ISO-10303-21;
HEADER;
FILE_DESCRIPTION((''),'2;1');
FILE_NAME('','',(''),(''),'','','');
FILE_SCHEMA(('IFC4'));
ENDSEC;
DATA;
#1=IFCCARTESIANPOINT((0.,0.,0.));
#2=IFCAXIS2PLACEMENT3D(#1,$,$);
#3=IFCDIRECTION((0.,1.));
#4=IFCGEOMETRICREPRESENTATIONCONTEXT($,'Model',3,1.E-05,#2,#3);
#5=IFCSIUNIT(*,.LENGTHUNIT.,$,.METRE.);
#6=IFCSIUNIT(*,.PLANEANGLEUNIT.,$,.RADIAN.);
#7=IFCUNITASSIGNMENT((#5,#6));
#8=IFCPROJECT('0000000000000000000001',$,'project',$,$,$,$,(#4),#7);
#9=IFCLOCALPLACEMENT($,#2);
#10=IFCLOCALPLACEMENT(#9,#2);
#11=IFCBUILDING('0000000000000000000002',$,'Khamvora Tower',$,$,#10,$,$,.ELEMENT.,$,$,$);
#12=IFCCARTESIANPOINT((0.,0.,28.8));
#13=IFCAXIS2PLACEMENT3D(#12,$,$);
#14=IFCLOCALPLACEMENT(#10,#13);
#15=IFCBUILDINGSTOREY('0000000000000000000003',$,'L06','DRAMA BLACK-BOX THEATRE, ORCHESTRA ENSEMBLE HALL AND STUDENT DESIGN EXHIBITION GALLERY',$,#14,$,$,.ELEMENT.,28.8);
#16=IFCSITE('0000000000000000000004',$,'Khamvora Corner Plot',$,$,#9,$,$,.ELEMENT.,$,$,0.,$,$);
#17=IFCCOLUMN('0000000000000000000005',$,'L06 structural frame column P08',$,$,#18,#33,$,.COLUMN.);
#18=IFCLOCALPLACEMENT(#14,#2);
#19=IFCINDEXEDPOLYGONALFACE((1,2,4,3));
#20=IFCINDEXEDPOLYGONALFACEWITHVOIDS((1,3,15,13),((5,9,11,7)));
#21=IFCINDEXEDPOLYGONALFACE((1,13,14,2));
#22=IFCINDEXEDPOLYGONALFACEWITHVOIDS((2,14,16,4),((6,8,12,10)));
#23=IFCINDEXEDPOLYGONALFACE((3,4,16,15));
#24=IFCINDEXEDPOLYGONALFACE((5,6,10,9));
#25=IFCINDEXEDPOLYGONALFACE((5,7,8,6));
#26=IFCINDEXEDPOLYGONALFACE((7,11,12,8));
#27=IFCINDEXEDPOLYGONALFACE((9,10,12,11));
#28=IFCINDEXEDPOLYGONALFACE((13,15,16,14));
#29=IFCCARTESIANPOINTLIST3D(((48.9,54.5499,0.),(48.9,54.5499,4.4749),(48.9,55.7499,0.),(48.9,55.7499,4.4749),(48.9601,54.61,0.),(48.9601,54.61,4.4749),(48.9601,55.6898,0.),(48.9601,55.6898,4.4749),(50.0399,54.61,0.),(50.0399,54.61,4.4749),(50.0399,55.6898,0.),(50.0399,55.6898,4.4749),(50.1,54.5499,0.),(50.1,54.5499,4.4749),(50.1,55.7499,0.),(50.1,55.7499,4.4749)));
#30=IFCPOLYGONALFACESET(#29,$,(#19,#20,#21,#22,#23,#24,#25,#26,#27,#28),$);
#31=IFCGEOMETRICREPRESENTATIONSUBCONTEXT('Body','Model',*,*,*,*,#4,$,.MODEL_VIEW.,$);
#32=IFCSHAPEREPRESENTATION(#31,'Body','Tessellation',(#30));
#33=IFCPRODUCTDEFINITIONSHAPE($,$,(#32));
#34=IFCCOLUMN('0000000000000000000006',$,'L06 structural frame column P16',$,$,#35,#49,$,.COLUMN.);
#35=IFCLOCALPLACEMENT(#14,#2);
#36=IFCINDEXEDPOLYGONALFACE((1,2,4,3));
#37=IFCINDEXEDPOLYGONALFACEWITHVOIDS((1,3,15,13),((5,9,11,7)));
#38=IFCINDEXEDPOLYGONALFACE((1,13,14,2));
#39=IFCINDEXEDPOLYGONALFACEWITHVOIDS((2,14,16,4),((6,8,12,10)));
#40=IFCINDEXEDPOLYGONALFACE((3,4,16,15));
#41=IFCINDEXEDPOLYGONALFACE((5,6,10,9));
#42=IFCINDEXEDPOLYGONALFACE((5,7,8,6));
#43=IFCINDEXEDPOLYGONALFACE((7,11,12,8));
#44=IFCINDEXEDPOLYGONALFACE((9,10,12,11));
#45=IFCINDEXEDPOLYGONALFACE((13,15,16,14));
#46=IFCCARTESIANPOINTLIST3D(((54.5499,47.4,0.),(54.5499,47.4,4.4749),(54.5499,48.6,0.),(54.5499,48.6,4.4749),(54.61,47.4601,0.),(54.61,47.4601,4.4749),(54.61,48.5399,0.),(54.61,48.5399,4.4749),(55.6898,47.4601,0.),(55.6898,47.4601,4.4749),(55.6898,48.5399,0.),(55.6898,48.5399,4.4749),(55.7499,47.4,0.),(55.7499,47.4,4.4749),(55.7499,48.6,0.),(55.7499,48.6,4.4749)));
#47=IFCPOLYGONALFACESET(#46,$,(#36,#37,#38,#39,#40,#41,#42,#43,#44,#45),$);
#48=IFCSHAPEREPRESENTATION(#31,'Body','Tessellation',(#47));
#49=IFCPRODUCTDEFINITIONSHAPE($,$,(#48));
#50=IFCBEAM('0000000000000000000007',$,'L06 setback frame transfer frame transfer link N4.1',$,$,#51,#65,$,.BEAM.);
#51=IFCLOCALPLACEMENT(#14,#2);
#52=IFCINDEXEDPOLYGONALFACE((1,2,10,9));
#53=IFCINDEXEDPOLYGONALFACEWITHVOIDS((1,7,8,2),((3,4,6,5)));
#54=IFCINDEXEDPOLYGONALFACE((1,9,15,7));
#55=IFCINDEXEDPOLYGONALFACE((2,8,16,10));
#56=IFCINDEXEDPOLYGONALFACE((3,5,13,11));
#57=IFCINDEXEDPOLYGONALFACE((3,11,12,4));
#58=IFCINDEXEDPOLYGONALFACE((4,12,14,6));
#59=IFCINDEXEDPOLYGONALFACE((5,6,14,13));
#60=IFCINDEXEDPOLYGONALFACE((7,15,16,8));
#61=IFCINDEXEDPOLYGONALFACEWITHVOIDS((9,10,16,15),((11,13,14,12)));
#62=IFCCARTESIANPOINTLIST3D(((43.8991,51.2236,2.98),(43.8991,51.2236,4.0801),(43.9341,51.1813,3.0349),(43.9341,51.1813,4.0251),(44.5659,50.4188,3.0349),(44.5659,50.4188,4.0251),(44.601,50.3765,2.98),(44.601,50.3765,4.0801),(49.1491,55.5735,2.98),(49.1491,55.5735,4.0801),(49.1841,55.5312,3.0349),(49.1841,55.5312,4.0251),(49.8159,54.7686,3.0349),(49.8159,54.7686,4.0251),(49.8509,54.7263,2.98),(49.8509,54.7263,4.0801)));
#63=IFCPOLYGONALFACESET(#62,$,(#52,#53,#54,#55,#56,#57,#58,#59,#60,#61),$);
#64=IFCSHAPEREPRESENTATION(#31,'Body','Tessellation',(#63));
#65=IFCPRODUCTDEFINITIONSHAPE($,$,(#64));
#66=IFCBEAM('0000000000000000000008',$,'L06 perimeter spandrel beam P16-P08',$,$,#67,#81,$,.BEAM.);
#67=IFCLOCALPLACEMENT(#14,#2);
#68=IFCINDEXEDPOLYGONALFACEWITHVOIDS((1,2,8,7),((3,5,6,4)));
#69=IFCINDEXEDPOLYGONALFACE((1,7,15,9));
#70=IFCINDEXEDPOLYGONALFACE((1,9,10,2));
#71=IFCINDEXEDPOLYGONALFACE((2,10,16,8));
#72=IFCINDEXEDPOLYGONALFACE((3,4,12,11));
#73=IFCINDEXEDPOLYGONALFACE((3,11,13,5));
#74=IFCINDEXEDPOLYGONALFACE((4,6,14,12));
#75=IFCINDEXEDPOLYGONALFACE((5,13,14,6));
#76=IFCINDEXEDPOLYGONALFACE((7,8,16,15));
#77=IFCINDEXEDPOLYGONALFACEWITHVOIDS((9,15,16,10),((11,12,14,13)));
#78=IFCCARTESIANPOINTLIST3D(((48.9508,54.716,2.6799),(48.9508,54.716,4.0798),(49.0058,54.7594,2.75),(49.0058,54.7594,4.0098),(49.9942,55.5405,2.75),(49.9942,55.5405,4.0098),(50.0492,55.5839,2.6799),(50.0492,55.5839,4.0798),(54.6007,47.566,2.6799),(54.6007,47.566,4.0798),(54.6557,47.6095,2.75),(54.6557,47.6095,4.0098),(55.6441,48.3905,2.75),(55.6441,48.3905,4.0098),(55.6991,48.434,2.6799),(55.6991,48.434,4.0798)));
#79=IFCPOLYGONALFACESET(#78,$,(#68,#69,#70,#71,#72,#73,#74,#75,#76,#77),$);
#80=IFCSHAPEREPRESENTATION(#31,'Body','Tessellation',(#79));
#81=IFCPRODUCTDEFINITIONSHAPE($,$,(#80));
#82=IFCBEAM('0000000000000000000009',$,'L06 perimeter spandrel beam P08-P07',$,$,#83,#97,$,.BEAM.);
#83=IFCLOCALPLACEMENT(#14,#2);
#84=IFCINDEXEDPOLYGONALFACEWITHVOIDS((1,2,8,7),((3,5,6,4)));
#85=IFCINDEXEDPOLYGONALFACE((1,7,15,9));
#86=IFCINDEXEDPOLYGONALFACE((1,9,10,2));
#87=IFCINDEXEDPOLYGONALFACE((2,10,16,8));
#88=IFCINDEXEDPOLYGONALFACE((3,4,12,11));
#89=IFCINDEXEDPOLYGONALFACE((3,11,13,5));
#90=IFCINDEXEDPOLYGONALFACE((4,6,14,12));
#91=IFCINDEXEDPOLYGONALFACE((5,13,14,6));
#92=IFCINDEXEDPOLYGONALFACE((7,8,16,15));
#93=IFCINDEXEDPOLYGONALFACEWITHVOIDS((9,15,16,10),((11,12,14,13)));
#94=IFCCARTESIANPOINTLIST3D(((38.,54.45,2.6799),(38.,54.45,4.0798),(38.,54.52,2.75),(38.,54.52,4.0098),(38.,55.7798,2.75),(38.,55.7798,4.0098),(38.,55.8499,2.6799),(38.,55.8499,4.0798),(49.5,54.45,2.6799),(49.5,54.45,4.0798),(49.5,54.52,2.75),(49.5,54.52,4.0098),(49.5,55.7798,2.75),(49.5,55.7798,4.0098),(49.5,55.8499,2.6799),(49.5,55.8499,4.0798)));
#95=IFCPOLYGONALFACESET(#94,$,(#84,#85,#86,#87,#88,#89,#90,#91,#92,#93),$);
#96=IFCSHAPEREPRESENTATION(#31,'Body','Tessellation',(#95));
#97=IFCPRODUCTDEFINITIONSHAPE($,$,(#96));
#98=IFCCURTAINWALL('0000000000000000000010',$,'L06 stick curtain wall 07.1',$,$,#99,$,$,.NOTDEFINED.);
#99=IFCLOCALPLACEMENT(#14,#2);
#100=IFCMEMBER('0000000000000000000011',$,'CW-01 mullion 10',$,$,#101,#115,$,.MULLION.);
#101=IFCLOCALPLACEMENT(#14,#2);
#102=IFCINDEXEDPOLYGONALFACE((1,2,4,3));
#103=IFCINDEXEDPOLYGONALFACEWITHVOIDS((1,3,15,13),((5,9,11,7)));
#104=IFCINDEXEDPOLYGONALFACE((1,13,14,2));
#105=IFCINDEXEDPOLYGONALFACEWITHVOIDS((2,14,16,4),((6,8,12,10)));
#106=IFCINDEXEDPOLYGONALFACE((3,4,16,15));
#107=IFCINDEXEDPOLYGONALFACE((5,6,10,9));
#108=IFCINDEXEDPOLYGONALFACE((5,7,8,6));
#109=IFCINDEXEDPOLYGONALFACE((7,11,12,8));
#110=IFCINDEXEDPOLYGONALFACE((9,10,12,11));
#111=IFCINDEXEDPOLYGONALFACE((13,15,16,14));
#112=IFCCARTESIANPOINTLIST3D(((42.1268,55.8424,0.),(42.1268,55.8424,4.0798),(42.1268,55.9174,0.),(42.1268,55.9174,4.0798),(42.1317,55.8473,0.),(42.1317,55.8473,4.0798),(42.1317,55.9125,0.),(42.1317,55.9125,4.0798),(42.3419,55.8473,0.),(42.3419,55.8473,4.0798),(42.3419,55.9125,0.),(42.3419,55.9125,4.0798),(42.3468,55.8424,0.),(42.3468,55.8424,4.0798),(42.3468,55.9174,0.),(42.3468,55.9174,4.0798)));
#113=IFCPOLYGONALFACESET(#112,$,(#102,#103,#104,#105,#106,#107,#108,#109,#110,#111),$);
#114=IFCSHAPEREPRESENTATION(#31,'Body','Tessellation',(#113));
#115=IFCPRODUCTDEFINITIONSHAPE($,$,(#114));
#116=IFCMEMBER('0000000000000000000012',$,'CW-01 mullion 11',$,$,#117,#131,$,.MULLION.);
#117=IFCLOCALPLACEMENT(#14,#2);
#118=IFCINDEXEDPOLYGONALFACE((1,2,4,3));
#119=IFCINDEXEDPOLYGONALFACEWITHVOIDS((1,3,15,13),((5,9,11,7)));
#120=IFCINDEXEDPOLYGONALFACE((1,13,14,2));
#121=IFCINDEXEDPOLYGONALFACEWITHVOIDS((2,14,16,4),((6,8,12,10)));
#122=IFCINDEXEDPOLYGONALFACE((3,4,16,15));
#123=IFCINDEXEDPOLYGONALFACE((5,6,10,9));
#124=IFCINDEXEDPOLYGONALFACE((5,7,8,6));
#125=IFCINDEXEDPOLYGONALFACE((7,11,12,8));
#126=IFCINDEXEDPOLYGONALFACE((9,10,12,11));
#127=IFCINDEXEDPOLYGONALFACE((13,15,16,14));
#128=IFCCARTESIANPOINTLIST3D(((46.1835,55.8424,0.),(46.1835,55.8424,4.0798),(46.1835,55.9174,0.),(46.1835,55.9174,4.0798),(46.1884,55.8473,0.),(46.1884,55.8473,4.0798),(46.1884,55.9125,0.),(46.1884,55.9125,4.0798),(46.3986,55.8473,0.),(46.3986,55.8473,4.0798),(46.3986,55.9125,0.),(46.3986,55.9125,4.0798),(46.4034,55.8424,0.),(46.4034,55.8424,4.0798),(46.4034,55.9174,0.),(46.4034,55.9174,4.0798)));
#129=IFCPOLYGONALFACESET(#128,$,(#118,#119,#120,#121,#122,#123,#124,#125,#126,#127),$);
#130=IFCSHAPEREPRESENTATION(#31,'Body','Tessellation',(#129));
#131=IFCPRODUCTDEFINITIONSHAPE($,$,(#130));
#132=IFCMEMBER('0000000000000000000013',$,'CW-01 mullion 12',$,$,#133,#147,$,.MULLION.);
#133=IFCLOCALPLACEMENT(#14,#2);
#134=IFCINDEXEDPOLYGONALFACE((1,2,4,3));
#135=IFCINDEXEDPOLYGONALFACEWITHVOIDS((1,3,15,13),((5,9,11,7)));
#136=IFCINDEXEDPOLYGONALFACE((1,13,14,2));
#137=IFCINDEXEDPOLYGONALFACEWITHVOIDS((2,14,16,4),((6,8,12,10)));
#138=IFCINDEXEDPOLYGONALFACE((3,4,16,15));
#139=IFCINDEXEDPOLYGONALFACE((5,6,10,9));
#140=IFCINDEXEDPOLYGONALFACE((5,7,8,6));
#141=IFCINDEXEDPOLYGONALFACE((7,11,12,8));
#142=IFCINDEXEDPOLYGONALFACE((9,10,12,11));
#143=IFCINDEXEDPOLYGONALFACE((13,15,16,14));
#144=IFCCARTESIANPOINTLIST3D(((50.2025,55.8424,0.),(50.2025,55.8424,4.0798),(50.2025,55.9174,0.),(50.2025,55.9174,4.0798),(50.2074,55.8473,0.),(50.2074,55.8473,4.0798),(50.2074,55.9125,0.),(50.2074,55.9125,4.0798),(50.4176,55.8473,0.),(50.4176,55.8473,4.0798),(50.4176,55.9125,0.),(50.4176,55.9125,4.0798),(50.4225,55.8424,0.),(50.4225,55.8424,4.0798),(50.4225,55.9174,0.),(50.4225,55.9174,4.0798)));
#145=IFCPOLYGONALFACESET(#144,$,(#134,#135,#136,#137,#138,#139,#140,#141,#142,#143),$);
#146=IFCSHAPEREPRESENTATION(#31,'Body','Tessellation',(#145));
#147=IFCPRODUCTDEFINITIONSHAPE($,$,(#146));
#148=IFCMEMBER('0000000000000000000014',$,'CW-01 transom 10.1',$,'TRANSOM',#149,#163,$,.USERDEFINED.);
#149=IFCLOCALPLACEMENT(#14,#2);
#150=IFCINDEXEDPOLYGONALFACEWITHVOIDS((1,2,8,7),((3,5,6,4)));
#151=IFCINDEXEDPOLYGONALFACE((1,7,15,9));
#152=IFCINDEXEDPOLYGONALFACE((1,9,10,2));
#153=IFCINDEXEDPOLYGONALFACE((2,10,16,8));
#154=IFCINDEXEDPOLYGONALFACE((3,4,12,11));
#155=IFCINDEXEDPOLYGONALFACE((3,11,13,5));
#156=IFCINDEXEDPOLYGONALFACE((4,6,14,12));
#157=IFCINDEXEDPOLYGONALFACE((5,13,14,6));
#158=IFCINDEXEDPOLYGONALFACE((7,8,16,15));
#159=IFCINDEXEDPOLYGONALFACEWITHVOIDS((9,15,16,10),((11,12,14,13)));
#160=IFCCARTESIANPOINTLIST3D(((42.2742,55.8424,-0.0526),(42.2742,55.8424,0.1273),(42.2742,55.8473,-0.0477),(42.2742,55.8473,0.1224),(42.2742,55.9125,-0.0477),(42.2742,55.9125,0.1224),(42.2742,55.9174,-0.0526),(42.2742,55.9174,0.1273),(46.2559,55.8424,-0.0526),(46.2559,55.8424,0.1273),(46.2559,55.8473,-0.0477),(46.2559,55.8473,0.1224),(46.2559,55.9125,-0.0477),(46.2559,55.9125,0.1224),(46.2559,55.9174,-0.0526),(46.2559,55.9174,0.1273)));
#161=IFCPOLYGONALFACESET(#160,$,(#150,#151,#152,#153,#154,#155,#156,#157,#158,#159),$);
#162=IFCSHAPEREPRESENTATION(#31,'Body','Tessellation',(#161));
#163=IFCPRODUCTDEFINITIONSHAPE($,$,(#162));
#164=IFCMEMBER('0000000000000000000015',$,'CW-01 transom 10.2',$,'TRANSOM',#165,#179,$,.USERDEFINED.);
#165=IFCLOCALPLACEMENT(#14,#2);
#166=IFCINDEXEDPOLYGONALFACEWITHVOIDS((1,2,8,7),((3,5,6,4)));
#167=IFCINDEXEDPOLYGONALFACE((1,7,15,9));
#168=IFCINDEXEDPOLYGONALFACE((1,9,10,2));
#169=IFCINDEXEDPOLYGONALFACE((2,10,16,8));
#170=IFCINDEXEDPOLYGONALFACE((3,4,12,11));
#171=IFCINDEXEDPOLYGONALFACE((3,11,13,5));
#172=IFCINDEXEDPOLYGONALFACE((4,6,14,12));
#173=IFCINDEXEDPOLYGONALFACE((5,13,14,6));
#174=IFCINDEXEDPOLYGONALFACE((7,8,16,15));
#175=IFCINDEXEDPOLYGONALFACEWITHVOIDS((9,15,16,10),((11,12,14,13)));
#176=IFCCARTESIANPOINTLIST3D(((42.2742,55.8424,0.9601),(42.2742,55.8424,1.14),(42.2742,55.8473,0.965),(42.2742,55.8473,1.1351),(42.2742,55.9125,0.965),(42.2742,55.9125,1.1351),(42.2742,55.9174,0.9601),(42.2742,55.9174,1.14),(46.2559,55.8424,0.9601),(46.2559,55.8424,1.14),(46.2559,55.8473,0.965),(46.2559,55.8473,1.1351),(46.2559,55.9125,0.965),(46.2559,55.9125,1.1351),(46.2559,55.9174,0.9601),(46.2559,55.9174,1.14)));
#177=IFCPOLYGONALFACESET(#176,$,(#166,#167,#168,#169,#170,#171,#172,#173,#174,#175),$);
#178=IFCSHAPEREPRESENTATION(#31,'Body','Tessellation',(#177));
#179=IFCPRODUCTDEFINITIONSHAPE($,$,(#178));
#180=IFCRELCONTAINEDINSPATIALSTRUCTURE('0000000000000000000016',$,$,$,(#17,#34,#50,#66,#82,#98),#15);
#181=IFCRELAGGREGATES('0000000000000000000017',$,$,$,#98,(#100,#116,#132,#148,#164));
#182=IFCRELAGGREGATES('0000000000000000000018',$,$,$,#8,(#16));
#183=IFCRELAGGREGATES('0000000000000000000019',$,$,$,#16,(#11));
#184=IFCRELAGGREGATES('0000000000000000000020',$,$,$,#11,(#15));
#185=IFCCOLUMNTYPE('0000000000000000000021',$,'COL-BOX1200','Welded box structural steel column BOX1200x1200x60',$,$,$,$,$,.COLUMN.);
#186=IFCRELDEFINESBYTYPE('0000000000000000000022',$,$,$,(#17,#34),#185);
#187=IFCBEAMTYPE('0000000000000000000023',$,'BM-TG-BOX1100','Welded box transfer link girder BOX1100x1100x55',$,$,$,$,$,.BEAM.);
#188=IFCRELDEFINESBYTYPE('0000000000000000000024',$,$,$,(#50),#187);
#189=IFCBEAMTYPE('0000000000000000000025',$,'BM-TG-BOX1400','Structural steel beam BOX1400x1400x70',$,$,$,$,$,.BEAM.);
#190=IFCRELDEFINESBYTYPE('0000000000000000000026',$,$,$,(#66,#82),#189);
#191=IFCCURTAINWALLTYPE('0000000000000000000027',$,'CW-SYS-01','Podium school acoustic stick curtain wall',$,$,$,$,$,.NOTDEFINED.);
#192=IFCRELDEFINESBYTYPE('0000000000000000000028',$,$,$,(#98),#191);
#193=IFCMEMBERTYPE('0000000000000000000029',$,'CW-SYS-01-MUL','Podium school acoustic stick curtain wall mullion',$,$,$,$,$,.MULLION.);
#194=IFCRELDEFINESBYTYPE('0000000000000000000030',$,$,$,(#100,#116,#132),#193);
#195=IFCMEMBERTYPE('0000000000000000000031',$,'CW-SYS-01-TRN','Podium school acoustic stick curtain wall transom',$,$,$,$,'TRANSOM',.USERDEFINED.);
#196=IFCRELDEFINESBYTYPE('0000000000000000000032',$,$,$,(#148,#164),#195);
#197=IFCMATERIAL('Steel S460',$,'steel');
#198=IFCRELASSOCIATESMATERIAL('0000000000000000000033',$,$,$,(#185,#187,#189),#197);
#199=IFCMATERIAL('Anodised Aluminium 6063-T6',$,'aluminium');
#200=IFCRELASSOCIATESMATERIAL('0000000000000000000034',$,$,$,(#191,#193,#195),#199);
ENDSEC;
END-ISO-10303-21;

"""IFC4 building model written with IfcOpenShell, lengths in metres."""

from ifc_helpers import new_model, si_unit, direction, frame, origin, origin_2d, place, context, subcontext, project, spatial, hollow_rectangle, extrude, material, material_profile, profile_set, type_object, element, aggregate, save


model = new_model("IFC4")

# Units and contexts
model_context = context("Model", 3, precision=1e-05, world=origin(), true_north=direction((0.0, 1.0)))
body_context = subcontext(model_context, "Body", "Model", "MODEL_VIEW")
ifc_project = project(units=[si_unit("LENGTHUNIT", "METRE"), si_unit("PLANEANGLEUNIT", "RADIAN")], contexts=[model_context])

# Site, building, storey
site_placement = place(None, origin())
site = spatial("IfcSite", under=ifc_project, at=site_placement, Name="Khamvora Corner Plot", CompositionType="ELEMENT", RefElevation=0.0)
building_placement = place(site_placement, origin())
building = spatial("IfcBuilding", under=site, at=building_placement, Name="Khamvora Tower", CompositionType="ELEMENT")
storey_placement = place(building_placement, frame((0.0, 0.0, 28.8)))
storey = spatial("IfcBuildingStorey", under=building, at=storey_placement, Name="L06", Description="DRAMA BLACK-BOX THEATRE, ORCHESTRA ENSEMBLE HALL AND STUDENT DESIGN EXHIBITION GALLERY", CompositionType="ELEMENT", Elevation=28.8)

# Columns
ifc_material_1 = material(Name="Steel S460", Category="steel")
ifc_material_profile_1 = material_profile(ifc_material_1, hollow_rectangle(XDim=1.2, YDim=1.2, WallThickness=0.0601, at=origin_2d()), Name="BOX1200x1200x60")
ifc_profile_set_1 = profile_set([ifc_material_profile_1], Name="Steel S460")
column_type = type_object("IfcColumnType", Name="COL-BOX1200", Description="Welded box structural steel column BOX1200x1200x60", PredefinedType="COLUMN", material=ifc_profile_set_1)
for number, where, z_axis, x_axis, name in (
    (1, (49.5, 55.1499, 0.0), (0.0, 0.0, 1.0), (1.0, 0.0, 0.0), "L06 structural frame column P08"),
    (2, (55.1499, 48.0, 0.0), (0.0, 0.0, 1.0), (1.0, 0.0, 0.0), "L06 structural frame column P16"),
):
    element("IfcColumn", number, at=place(storey_placement, frame(where, z_axis=z_axis, x_axis=x_axis)), inside=storey, type_object=column_type, Name=name, PredefinedType="COLUMN", context=body_context, shape_type="SweptSolid", body=[
        extrude(hollow_rectangle(XDim=1.2, YDim=1.2, WallThickness=0.0601, at=origin_2d()), origin(), (0.0, 0.0, 1.0), 4.4749),
    ])

# Beams
ifc_material_profile_2 = material_profile(ifc_material_1, hollow_rectangle(XDim=1.1001, YDim=1.1001, WallThickness=0.0549, at=origin_2d()), Name="BOX1100x1100x55")
ifc_profile_set_2 = profile_set([ifc_material_profile_2], Name="Steel S460")
beam_type_1 = type_object("IfcBeamType", Name="BM-TG-BOX1100", Description="Welded box transfer link girder BOX1100x1100x55", PredefinedType="BEAM", material=ifc_profile_set_2)
beam_1_placement = place(storey_placement, frame((49.5, 55.1499, 3.53), z_axis=(-0.770032, -0.638005, 0.0), x_axis=(0.638005, -0.770032, 0.0)))
element("IfcBeam", 3, at=beam_1_placement, inside=storey, type_object=beam_type_1, Name="L06 setback frame transfer frame transfer link N4.1", PredefinedType="BEAM", context=body_context, shape_type="SweptSolid", body=[
    extrude(hollow_rectangle(XDim=1.1001, YDim=1.1001, WallThickness=0.0549, at=origin_2d()), origin(), (0.0, 0.0, 1.0), 6.8179),
])
ifc_material_profile_3 = material_profile(ifc_material_1, hollow_rectangle(XDim=1.3999, YDim=1.3999, WallThickness=0.0701, at=origin_2d()), Name="BOX1400x1400x70")
ifc_profile_set_3 = profile_set([ifc_material_profile_3], Name="Steel S460")
beam_type_2 = type_object("IfcBeamType", Name="BM-TG-BOX1400", Description="Structural steel beam BOX1400x1400x70", PredefinedType="BEAM", material=ifc_profile_set_3)
beam_2_placement = place(storey_placement, frame((55.1499, 48.0, 3.3799), z_axis=(-0.619999, 0.784603, 0.0), x_axis=(-0.784603, -0.619999, 0.0)))
element("IfcBeam", 4, at=beam_2_placement, inside=storey, type_object=beam_type_2, Name="L06 perimeter spandrel beam P16-P08", PredefinedType="BEAM", context=body_context, shape_type="SweptSolid", body=[
    extrude(hollow_rectangle(XDim=1.3999, YDim=1.3999, WallThickness=0.0701, at=origin_2d()), origin(), (0.0, 0.0, 1.0), 9.1128),
])
beam_3_placement = place(storey_placement, frame((49.5, 55.1499, 3.3799), z_axis=(-1.0, 0.0, 0.0), x_axis=(0.0, -1.0, 0.0)))
element("IfcBeam", 5, at=beam_3_placement, inside=storey, type_object=beam_type_2, Name="L06 perimeter spandrel beam P08-P07", PredefinedType="BEAM", context=body_context, shape_type="SweptSolid", body=[
    extrude(hollow_rectangle(XDim=1.3999, YDim=1.3999, WallThickness=0.0701, at=origin_2d()), origin(), (0.0, 0.0, 1.0), 11.5),
])

# Curtain wall, members
ifc_material_2 = material(Name="Anodised Aluminium 6063-T6", Category="aluminium")
curtain_wall_type = type_object("IfcCurtainWallType", Name="CW-SYS-01", Description="Podium school acoustic stick curtain wall", PredefinedType="NOTDEFINED", material=ifc_material_2)
curtain_wall_placement = place(storey_placement, origin())
curtain_wall = element("IfcCurtainWall", 6, at=curtain_wall_placement, inside=storey, type_object=curtain_wall_type, Name="L06 stick curtain wall 07.1", PredefinedType="NOTDEFINED")
ifc_material_profile_4 = material_profile(ifc_material_2, hollow_rectangle(XDim=0.075, YDim=0.22, WallThickness=0.0049, at=origin_2d()), Name="MUL75x220x5")
ifc_profile_set_4 = profile_set([ifc_material_profile_4], Name="Anodised Aluminium 6063-T6")
member_type_1 = type_object("IfcMemberType", Name="CW-SYS-01-MUL", Description="Podium school acoustic stick curtain wall mullion", PredefinedType="MULLION", material=ifc_profile_set_4)
member_1_placement = place(storey_placement, frame((42.2368, 55.8799, 0.0), z_axis=(0.0, 0.0, 1.0), x_axis=(0.0, 1.0, 0.0)))
member_1 = element("IfcMember", 7, at=member_1_placement, type_object=member_type_1, Name="CW-01 mullion 10", PredefinedType="MULLION", context=body_context, shape_type="SweptSolid", body=[
    extrude(hollow_rectangle(XDim=0.075, YDim=0.22, WallThickness=0.0049, at=origin_2d()), origin(), (0.0, 0.0, 1.0), 4.0798),
])
member_2_placement = place(storey_placement, frame((46.2935, 55.8799, 0.0), z_axis=(0.0, 0.0, 1.0), x_axis=(0.0, 1.0, 0.0)))
member_2 = element("IfcMember", 8, at=member_2_placement, type_object=member_type_1, Name="CW-01 mullion 11", PredefinedType="MULLION", context=body_context, shape_type="SweptSolid", body=[
    extrude(hollow_rectangle(XDim=0.075, YDim=0.22, WallThickness=0.0049, at=origin_2d()), origin(), (0.0, 0.0, 1.0), 4.0798),
])
member_3_placement = place(storey_placement, frame((50.3125, 55.8799, 0.0), z_axis=(0.0, 0.0, 1.0), x_axis=(0.0, 1.0, 0.0)))
member_3 = element("IfcMember", 9, at=member_3_placement, type_object=member_type_1, Name="CW-01 mullion 12", PredefinedType="MULLION", context=body_context, shape_type="SweptSolid", body=[
    extrude(hollow_rectangle(XDim=0.075, YDim=0.22, WallThickness=0.0049, at=origin_2d()), origin(), (0.0, 0.0, 1.0), 4.0798),
])
ifc_material_profile_5 = material_profile(ifc_material_2, hollow_rectangle(XDim=0.075, YDim=0.1799, WallThickness=0.0049, at=origin_2d()), Name="TRN75x180x5")
ifc_profile_set_5 = profile_set([ifc_material_profile_5], Name="Anodised Aluminium 6063-T6")
member_type_2 = type_object("IfcMemberType", Name="CW-SYS-01-TRN", Description="Podium school acoustic stick curtain wall transom", ElementType="TRANSOM", PredefinedType="USERDEFINED", material=ifc_profile_set_5)
member_4_placement = place(storey_placement, frame((42.2742, 55.8799, 0.0374), z_axis=(1.0, 0.0, 0.0), x_axis=(0.0, 1.0, 0.0)))
member_4 = element("IfcMember", 10, at=member_4_placement, type_object=member_type_2, Name="CW-01 transom 10.1", ObjectType="TRANSOM", PredefinedType="USERDEFINED", context=body_context, shape_type="SweptSolid", body=[
    extrude(hollow_rectangle(XDim=0.075, YDim=0.1799, WallThickness=0.0049, at=origin_2d()), origin(), (0.0, 0.0, 1.0), 3.9817),
])
member_5_placement = place(storey_placement, frame((42.2742, 55.8799, 1.05), z_axis=(1.0, 0.0, 0.0), x_axis=(0.0, 1.0, 0.0)))
member_5 = element("IfcMember", 11, at=member_5_placement, type_object=member_type_2, Name="CW-01 transom 10.2", ObjectType="TRANSOM", PredefinedType="USERDEFINED", context=body_context, shape_type="SweptSolid", body=[
    extrude(hollow_rectangle(XDim=0.075, YDim=0.1799, WallThickness=0.0049, at=origin_2d()), origin(), (0.0, 0.0, 1.0), 3.9817),
])
aggregate(curtain_wall, [member_1, member_2, member_3, member_4, member_5])

save(model, "model.ifc")
